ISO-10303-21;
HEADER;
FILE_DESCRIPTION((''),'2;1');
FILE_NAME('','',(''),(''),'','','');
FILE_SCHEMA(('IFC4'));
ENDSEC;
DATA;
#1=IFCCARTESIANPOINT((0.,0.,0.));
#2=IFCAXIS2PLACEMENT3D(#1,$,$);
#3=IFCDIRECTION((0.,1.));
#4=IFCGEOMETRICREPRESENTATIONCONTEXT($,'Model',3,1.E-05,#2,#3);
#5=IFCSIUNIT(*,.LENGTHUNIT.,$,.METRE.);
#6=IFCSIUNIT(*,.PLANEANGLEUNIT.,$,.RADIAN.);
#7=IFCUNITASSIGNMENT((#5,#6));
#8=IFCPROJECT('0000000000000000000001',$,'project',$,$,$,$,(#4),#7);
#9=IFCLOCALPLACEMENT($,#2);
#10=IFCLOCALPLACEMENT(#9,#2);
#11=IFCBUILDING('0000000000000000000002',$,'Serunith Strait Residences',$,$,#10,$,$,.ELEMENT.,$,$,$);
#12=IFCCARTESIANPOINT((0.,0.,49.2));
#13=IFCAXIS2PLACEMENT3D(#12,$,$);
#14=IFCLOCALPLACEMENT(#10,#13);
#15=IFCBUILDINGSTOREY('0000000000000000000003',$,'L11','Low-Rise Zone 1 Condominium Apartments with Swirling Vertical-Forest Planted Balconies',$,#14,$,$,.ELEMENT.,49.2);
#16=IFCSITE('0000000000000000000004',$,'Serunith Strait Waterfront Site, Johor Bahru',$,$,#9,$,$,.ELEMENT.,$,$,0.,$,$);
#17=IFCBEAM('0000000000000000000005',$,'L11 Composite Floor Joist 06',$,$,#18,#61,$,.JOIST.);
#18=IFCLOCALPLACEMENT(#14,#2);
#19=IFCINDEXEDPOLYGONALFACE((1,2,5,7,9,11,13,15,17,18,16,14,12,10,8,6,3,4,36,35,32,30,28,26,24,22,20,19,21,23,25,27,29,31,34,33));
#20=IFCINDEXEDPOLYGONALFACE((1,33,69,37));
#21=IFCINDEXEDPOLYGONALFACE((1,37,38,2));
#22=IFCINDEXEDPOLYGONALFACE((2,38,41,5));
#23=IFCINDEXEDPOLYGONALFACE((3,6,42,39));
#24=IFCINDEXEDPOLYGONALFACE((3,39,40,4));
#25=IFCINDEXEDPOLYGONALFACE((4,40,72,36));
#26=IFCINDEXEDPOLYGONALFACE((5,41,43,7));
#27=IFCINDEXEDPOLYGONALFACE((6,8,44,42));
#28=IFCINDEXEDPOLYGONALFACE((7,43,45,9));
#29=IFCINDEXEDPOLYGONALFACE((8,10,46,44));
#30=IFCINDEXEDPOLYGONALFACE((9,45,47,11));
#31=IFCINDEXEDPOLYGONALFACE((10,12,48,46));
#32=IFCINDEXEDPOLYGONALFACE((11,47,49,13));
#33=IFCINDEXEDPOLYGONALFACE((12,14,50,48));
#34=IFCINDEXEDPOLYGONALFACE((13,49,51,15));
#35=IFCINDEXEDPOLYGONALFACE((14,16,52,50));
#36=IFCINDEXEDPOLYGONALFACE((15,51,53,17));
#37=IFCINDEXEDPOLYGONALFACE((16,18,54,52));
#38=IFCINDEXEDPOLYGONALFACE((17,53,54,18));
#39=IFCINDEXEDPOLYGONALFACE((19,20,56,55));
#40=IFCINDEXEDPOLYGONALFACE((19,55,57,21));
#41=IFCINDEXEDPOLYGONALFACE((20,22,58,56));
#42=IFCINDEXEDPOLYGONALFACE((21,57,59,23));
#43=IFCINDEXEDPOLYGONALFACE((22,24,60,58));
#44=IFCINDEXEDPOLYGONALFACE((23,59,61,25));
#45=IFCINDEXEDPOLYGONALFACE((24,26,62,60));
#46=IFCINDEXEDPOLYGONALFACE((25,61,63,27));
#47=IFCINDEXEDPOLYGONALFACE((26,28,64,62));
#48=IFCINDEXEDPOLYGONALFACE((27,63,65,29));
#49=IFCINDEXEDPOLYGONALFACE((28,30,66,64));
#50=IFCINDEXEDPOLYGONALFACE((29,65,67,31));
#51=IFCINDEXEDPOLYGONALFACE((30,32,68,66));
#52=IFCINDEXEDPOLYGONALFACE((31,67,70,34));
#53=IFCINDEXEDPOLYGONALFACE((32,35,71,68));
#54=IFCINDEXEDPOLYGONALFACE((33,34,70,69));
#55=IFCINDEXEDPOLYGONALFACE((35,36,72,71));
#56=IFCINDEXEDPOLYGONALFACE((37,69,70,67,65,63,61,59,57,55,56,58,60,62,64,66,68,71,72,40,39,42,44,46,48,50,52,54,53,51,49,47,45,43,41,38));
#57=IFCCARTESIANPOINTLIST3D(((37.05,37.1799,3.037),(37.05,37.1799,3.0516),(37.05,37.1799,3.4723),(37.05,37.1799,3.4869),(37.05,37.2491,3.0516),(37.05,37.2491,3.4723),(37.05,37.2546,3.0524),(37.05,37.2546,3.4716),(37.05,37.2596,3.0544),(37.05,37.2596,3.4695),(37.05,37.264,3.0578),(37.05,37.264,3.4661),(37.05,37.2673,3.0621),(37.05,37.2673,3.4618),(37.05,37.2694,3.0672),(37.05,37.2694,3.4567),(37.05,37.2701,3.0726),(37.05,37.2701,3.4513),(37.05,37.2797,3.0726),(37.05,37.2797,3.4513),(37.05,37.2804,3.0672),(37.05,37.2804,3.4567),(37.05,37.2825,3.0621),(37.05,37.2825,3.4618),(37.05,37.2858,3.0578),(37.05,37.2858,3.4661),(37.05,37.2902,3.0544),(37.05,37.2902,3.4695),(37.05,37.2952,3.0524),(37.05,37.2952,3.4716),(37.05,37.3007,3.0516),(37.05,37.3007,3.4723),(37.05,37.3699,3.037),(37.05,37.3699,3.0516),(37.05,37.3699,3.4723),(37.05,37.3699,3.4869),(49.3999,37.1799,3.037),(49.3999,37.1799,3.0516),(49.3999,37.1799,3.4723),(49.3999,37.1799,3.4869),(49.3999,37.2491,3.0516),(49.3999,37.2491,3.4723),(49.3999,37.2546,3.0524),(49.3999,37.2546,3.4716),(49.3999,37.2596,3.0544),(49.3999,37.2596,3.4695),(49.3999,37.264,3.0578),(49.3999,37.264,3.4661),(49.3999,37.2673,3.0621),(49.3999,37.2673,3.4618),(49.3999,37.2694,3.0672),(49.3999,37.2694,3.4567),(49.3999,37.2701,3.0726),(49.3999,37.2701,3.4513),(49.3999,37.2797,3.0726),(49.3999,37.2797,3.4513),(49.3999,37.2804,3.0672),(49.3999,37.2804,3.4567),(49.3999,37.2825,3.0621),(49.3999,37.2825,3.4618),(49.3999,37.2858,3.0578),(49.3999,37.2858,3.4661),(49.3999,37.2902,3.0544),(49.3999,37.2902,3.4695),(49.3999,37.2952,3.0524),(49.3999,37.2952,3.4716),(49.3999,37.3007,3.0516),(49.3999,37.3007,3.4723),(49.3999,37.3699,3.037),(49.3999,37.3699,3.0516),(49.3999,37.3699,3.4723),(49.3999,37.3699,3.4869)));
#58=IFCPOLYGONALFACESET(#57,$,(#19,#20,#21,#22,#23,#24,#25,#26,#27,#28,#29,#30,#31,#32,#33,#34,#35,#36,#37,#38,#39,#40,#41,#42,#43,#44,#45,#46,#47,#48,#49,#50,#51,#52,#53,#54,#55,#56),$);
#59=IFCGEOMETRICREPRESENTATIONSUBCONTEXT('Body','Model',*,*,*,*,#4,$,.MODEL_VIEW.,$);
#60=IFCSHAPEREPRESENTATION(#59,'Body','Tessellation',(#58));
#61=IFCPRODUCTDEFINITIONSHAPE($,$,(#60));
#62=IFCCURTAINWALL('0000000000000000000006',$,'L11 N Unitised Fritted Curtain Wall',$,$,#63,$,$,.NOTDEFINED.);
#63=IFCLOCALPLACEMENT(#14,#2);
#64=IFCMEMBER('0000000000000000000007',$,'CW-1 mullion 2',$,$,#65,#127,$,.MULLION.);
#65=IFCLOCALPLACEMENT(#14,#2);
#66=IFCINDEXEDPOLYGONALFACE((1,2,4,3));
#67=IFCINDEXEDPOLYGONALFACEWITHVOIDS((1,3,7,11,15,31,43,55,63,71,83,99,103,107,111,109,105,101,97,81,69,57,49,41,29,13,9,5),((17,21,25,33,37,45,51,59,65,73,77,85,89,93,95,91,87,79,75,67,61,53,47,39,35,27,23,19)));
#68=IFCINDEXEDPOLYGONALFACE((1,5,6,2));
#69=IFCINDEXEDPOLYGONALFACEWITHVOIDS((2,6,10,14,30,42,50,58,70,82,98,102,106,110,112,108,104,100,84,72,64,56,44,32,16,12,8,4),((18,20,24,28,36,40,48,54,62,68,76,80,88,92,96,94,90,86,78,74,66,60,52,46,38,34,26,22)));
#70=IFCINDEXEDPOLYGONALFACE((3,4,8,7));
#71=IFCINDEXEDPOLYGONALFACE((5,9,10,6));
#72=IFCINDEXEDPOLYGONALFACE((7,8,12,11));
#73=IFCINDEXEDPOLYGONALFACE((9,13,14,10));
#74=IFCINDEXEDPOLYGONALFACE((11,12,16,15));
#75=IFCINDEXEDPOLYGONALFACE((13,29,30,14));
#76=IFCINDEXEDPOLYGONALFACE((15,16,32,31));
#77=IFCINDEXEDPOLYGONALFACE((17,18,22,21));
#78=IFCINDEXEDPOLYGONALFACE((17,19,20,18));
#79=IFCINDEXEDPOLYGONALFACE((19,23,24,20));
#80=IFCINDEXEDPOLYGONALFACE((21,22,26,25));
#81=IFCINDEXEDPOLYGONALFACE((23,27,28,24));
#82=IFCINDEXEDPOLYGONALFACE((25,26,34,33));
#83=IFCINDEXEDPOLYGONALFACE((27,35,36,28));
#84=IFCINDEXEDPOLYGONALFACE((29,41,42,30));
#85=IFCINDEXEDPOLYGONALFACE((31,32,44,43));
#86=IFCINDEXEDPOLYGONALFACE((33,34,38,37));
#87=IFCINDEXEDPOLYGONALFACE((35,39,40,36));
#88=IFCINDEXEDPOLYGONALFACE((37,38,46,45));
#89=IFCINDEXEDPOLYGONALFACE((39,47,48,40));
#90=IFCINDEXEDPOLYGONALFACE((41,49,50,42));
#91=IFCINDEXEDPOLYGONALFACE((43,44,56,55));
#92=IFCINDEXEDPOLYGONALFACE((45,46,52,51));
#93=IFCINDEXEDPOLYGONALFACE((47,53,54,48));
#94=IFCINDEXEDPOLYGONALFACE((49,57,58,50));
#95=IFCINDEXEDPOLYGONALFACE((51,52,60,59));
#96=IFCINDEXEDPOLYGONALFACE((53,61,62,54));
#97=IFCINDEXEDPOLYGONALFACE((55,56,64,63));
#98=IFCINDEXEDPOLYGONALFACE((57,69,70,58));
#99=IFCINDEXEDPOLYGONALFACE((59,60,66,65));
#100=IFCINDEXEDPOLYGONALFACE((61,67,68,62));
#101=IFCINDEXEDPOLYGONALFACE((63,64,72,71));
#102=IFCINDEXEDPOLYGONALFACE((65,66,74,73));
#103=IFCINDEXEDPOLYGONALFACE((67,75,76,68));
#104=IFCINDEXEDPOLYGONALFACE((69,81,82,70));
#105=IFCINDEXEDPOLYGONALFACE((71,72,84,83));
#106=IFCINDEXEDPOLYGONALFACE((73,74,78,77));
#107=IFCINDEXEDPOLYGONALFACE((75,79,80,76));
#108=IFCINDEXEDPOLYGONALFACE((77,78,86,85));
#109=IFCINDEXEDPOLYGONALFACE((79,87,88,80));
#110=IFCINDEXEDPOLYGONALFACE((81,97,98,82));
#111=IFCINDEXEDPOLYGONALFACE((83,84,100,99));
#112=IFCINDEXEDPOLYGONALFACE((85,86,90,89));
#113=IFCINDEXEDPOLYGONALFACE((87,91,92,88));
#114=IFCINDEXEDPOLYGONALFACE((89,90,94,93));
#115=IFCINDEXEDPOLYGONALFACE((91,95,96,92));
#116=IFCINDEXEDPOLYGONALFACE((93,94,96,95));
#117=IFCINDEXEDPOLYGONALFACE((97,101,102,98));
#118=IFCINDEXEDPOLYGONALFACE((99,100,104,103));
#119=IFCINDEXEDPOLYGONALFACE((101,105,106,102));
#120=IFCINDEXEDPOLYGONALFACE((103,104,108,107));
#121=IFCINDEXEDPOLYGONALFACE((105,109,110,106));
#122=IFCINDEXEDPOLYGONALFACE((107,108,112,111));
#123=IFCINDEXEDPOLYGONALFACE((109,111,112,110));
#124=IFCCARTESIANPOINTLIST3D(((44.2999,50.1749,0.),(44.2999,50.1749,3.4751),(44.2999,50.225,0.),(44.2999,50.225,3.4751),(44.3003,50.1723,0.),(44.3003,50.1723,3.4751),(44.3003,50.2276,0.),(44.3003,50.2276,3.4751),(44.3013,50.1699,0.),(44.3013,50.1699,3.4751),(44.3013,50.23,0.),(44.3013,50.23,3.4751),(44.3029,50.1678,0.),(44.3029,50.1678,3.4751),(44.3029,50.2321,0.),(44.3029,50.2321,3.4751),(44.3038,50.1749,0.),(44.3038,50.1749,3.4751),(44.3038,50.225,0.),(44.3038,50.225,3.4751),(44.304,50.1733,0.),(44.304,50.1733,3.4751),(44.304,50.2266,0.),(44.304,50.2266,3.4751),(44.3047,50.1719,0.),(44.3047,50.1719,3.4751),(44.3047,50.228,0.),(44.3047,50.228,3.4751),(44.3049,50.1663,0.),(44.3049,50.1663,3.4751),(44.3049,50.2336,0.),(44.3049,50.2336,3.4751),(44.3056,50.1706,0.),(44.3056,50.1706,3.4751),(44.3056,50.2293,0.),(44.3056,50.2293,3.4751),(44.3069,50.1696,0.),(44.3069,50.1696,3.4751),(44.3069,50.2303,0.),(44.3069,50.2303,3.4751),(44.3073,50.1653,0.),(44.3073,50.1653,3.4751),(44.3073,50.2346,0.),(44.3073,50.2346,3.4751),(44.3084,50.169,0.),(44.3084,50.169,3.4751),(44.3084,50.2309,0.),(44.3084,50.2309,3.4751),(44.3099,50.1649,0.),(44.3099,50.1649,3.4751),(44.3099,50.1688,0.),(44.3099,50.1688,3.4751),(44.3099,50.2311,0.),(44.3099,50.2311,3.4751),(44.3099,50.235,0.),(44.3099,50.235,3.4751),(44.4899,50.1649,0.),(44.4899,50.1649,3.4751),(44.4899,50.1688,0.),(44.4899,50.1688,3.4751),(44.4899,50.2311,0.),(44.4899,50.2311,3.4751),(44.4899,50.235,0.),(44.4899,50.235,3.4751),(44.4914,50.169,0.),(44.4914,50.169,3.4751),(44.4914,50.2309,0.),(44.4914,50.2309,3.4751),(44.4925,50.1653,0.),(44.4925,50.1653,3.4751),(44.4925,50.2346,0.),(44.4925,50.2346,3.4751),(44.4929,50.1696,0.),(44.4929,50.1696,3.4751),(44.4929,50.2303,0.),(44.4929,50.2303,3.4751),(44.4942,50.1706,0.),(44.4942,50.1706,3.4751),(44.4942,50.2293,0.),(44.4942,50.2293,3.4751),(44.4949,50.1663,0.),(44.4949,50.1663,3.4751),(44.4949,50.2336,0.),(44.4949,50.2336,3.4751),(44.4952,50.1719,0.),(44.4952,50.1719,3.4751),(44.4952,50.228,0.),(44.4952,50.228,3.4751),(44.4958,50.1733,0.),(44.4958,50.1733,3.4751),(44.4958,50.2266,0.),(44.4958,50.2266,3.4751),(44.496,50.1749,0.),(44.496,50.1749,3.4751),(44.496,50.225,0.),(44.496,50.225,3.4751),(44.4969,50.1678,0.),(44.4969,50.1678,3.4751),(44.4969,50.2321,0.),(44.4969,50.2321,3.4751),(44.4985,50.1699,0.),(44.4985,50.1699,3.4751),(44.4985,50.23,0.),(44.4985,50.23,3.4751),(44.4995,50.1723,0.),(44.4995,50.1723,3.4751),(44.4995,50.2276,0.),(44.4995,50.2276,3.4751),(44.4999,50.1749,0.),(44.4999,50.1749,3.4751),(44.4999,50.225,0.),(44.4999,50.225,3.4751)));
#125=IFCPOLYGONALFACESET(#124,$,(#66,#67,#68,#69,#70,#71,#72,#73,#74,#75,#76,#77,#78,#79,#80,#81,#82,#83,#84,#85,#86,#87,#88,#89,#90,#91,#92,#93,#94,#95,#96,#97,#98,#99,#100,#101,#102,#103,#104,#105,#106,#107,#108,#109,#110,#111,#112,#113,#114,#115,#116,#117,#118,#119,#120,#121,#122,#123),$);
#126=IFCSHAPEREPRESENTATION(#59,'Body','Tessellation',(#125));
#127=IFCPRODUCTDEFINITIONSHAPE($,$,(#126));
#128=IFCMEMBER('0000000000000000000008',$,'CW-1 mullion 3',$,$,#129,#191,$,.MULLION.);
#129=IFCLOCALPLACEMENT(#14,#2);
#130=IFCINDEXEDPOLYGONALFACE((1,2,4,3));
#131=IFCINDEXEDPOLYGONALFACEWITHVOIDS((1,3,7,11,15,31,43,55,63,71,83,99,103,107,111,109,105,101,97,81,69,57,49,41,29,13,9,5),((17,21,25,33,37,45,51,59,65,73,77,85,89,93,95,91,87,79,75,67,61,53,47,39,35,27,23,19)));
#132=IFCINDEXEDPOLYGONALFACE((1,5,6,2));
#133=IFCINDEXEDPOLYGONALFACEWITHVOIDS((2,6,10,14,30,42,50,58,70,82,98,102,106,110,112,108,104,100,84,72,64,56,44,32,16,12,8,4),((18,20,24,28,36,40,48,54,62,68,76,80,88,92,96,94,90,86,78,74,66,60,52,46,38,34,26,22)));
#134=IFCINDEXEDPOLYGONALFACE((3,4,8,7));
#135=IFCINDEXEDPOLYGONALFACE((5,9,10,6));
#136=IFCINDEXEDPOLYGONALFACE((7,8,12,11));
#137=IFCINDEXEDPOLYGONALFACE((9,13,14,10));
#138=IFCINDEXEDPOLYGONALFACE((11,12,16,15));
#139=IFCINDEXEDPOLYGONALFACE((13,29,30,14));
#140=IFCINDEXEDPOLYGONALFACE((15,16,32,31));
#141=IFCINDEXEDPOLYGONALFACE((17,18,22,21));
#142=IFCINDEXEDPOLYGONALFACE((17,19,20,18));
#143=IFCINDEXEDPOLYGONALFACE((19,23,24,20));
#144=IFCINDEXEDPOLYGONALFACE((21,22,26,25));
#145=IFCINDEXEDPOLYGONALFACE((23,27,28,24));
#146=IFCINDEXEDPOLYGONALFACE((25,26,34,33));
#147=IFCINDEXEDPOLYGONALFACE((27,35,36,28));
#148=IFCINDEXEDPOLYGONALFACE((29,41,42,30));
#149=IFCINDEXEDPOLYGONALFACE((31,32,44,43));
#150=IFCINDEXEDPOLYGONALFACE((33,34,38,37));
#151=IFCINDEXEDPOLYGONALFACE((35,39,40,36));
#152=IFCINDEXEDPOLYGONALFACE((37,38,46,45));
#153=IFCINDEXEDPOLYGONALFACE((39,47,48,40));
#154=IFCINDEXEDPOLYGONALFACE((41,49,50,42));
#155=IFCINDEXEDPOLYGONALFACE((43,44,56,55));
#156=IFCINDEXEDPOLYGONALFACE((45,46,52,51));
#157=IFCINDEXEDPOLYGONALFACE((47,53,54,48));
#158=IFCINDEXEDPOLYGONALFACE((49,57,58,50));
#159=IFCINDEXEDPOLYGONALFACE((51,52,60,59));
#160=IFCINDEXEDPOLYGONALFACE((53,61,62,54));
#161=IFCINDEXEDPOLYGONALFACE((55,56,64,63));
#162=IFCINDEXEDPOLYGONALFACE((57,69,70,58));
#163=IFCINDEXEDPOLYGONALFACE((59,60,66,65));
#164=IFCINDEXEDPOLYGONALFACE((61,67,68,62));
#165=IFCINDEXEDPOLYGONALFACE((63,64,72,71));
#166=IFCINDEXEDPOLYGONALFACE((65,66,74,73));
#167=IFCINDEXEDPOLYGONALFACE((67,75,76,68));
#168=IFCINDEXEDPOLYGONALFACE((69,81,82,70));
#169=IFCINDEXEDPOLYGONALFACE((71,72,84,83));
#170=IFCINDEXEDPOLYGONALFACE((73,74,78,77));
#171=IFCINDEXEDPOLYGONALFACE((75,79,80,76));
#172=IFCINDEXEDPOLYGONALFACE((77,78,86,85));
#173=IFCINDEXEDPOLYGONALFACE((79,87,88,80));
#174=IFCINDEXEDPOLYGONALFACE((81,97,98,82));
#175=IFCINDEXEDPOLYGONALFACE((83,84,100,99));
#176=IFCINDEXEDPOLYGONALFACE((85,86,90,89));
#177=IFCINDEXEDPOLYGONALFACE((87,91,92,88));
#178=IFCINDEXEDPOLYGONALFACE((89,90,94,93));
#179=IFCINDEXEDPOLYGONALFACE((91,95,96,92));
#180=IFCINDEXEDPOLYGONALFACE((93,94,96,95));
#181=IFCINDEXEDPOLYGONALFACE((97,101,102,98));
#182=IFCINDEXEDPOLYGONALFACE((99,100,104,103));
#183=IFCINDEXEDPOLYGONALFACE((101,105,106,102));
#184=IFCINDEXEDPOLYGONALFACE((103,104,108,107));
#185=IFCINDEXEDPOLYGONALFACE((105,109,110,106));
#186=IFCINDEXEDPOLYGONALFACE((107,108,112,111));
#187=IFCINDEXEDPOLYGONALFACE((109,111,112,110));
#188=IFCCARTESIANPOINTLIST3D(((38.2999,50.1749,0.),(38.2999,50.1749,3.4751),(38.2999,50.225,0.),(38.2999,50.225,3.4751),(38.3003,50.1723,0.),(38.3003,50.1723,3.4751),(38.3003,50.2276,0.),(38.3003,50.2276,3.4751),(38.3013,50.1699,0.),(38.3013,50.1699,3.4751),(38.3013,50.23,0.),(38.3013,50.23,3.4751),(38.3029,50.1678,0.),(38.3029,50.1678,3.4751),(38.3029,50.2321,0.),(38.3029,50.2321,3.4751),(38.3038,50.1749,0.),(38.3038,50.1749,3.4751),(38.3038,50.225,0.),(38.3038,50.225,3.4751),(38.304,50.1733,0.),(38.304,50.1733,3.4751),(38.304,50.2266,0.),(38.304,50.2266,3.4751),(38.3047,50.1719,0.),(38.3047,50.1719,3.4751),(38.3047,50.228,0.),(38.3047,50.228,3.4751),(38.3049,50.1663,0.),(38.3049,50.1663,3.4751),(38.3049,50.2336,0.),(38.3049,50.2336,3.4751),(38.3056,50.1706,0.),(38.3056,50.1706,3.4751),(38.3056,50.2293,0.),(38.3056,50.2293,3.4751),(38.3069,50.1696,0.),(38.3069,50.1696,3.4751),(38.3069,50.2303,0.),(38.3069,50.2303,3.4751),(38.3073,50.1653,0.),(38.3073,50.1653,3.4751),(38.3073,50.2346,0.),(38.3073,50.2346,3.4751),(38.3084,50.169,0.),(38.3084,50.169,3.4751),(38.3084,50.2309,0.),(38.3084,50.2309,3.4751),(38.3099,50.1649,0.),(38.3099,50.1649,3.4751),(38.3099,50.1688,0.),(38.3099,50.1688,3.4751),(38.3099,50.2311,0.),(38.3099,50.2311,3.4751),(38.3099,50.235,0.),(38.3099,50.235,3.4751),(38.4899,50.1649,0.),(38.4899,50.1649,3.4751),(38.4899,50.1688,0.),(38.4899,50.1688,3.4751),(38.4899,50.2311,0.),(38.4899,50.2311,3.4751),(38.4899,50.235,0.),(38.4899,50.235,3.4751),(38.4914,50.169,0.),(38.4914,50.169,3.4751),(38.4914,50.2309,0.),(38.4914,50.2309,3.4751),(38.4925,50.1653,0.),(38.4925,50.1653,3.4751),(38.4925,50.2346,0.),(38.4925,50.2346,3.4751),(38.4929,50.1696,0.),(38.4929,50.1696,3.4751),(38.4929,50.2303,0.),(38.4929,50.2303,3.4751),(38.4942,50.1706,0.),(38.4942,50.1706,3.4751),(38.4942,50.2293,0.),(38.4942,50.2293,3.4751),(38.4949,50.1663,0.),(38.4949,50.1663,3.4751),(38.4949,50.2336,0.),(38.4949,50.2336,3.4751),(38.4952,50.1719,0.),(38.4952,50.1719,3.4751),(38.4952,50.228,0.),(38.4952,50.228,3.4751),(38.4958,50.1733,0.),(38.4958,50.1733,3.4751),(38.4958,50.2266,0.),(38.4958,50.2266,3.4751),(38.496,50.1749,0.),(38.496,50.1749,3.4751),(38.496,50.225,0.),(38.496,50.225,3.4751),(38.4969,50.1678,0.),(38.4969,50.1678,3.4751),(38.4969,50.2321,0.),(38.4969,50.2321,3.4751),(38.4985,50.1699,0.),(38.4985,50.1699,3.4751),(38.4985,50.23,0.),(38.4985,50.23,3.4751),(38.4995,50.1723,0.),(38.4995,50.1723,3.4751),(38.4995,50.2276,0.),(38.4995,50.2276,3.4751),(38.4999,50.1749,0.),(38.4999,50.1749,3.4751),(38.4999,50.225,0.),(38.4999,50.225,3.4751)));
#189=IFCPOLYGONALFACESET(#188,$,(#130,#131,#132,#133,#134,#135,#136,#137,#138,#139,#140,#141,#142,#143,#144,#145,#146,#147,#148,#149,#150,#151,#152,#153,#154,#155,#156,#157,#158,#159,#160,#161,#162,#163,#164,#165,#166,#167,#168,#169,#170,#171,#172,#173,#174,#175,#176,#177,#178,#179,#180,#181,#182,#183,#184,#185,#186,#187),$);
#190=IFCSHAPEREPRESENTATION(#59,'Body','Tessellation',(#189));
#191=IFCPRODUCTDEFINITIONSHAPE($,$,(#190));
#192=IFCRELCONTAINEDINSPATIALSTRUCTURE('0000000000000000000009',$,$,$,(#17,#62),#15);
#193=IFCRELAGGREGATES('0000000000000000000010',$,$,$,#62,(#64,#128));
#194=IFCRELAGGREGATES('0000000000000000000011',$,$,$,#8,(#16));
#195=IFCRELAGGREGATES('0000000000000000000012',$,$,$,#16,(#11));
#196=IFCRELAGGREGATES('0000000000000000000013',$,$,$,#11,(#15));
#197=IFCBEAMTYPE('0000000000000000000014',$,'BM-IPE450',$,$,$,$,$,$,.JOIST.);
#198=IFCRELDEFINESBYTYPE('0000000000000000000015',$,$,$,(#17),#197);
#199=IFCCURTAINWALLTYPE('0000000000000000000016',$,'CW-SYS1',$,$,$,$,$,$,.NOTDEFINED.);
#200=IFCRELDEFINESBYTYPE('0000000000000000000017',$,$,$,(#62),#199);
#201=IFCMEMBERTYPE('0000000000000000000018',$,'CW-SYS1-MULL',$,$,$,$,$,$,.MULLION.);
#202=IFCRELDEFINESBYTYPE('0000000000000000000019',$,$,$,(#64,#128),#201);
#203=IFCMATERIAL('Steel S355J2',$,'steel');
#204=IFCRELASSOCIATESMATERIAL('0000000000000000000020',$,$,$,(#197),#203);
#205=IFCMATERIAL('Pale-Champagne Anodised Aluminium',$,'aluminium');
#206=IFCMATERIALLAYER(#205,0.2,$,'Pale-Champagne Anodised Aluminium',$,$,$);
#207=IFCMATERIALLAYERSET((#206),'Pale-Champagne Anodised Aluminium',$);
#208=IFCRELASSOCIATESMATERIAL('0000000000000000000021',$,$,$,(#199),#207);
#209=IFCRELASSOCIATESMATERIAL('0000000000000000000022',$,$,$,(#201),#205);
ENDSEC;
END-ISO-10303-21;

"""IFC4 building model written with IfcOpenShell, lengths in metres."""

from ifc_helpers import new_model, si_unit, direction, frame, origin, origin_2d, place, context, subcontext, project, spatial, hollow_rectangle, i_section, extrude, source, transform, mapped, material, layer, layer_set, material_profile, profile_set, type_object, element, aggregate, save


model = new_model("IFC4")

# Units and contexts
model_context = context("Model", 3, precision=1e-05, world=origin(), true_north=direction((0.0, 1.0)))
body_context = subcontext(model_context, "Body", "Model", "MODEL_VIEW")
ifc_project = project(units=[si_unit("LENGTHUNIT", "METRE"), si_unit("PLANEANGLEUNIT", "RADIAN")], contexts=[model_context])

# Site, building, storey
site_placement = place(None, origin())
site = spatial("IfcSite", under=ifc_project, at=site_placement, Name="Serunith Strait Waterfront Site, Johor Bahru", CompositionType="ELEMENT", RefElevation=0.0)
building_placement = place(site_placement, origin())
building = spatial("IfcBuilding", under=site, at=building_placement, Name="Serunith Strait Residences", CompositionType="ELEMENT")
storey_placement = place(building_placement, frame((0.0, 0.0, 49.2)))
storey = spatial("IfcBuildingStorey", under=building, at=storey_placement, Name="L11", Description="Low-Rise Zone 1 Condominium Apartments with Swirling Vertical-Forest Planted Balconies", CompositionType="ELEMENT", Elevation=49.2)

# Beam
ifc_material_1 = material(Name="Steel S355J2", Category="steel")
ifc_material_profile_1 = material_profile(ifc_material_1, i_section(OverallWidth=0.1899, OverallDepth=0.45, WebThickness=0.0095, FlangeThickness=0.0146, FilletRadius=0.021, at=origin_2d()), Name="IPE 450")
ifc_profile_set_1 = profile_set([ifc_material_profile_1], Name="Steel S355J2")
beam_type_1 = type_object("IfcBeamType", Name="BM-IPE450", PredefinedType="JOIST", material=ifc_profile_set_1)
shared_shape_1 = source(origin(), body_context, "Body", "SweptSolid", [
    extrude(i_section(OverallWidth=0.1899, OverallDepth=0.45, WebThickness=0.0095, FlangeThickness=0.0146, FilletRadius=0.021, at=origin_2d()), origin(), (0.0, 0.0, 1.0), 12.3499),
])
beam_1_placement = place(storey_placement, frame((37.05, 37.2749, 3.262), z_axis=(1.0, 0.0, 0.0), x_axis=(0.0, 1.0, 0.0)))
element("IfcBeam", 1, at=beam_1_placement, inside=storey, type_object=beam_type_1, Name="L11 Composite Floor Joist 06", PredefinedType="JOIST", context=body_context, shape_type="MappedRepresentation", body=[
    mapped(shared_shape_1, transform((0.0, 0.0, 0.0), scale=1.0)),
])

# Curtain wall, members
ifc_material_2 = material(Name="Pale-Champagne Anodised Aluminium", Category="aluminium")
ifc_layer_1 = layer(ifc_material_2, 0.2, Name="Pale-Champagne Anodised Aluminium")
ifc_layer_set_1 = layer_set([ifc_layer_1], Name="Pale-Champagne Anodised Aluminium")
curtain_wall_type = type_object("IfcCurtainWallType", Name="CW-SYS1", PredefinedType="NOTDEFINED", material=ifc_layer_set_1)
curtain_wall_placement = place(storey_placement, origin())
curtain_wall = element("IfcCurtainWall", 2, at=curtain_wall_placement, inside=storey, type_object=curtain_wall_type, Name="L11 N Unitised Fritted Curtain Wall", PredefinedType="NOTDEFINED")
ifc_material_profile_2 = material_profile(ifc_material_2, hollow_rectangle(XDim=0.0701, YDim=0.2, WallThickness=0.0039, InnerFilletRadius=0.0061, OuterFilletRadius=0.01, at=origin_2d()), Name="ALU 200x70x4")
ifc_profile_set_2 = profile_set([ifc_material_profile_2], Name="Pale-Champagne Anodised Aluminium")
member_type_1 = type_object("IfcMemberType", Name="CW-SYS1-MULL", PredefinedType="MULLION", material=ifc_profile_set_2)
shared_shape_2 = source(origin(), body_context, "Body", "SweptSolid", [
    extrude(hollow_rectangle(XDim=0.0701, YDim=0.2, WallThickness=0.0039, InnerFilletRadius=0.0061, OuterFilletRadius=0.01, at=origin_2d()), origin(), (0.0, 0.0, 1.0), 3.4751),
])
member_1_placement = place(storey_placement, frame((44.3999, 50.2, 0.0), z_axis=(0.0, 0.0, 1.0), x_axis=(0.0, -1.0, 0.0)))
member_1 = element("IfcMember", 3, at=member_1_placement, type_object=member_type_1, Name="CW-1 mullion 2", PredefinedType="MULLION", context=body_context, shape_type="MappedRepresentation", body=[
    mapped(shared_shape_2, transform((0.0, 0.0, 0.0), scale=1.0)),
])
member_2_placement = place(storey_placement, frame((38.3999, 50.2, 0.0), z_axis=(0.0, 0.0, 1.0), x_axis=(0.0, -1.0, 0.0)))
member_2 = element("IfcMember", 4, at=member_2_placement, type_object=member_type_1, Name="CW-1 mullion 3", PredefinedType="MULLION", context=body_context, shape_type="MappedRepresentation", body=[
    mapped(shared_shape_2, transform((0.0, 0.0, 0.0), scale=1.0)),
])
aggregate(curtain_wall, [member_1, member_2])

save(model, "model.ifc")
